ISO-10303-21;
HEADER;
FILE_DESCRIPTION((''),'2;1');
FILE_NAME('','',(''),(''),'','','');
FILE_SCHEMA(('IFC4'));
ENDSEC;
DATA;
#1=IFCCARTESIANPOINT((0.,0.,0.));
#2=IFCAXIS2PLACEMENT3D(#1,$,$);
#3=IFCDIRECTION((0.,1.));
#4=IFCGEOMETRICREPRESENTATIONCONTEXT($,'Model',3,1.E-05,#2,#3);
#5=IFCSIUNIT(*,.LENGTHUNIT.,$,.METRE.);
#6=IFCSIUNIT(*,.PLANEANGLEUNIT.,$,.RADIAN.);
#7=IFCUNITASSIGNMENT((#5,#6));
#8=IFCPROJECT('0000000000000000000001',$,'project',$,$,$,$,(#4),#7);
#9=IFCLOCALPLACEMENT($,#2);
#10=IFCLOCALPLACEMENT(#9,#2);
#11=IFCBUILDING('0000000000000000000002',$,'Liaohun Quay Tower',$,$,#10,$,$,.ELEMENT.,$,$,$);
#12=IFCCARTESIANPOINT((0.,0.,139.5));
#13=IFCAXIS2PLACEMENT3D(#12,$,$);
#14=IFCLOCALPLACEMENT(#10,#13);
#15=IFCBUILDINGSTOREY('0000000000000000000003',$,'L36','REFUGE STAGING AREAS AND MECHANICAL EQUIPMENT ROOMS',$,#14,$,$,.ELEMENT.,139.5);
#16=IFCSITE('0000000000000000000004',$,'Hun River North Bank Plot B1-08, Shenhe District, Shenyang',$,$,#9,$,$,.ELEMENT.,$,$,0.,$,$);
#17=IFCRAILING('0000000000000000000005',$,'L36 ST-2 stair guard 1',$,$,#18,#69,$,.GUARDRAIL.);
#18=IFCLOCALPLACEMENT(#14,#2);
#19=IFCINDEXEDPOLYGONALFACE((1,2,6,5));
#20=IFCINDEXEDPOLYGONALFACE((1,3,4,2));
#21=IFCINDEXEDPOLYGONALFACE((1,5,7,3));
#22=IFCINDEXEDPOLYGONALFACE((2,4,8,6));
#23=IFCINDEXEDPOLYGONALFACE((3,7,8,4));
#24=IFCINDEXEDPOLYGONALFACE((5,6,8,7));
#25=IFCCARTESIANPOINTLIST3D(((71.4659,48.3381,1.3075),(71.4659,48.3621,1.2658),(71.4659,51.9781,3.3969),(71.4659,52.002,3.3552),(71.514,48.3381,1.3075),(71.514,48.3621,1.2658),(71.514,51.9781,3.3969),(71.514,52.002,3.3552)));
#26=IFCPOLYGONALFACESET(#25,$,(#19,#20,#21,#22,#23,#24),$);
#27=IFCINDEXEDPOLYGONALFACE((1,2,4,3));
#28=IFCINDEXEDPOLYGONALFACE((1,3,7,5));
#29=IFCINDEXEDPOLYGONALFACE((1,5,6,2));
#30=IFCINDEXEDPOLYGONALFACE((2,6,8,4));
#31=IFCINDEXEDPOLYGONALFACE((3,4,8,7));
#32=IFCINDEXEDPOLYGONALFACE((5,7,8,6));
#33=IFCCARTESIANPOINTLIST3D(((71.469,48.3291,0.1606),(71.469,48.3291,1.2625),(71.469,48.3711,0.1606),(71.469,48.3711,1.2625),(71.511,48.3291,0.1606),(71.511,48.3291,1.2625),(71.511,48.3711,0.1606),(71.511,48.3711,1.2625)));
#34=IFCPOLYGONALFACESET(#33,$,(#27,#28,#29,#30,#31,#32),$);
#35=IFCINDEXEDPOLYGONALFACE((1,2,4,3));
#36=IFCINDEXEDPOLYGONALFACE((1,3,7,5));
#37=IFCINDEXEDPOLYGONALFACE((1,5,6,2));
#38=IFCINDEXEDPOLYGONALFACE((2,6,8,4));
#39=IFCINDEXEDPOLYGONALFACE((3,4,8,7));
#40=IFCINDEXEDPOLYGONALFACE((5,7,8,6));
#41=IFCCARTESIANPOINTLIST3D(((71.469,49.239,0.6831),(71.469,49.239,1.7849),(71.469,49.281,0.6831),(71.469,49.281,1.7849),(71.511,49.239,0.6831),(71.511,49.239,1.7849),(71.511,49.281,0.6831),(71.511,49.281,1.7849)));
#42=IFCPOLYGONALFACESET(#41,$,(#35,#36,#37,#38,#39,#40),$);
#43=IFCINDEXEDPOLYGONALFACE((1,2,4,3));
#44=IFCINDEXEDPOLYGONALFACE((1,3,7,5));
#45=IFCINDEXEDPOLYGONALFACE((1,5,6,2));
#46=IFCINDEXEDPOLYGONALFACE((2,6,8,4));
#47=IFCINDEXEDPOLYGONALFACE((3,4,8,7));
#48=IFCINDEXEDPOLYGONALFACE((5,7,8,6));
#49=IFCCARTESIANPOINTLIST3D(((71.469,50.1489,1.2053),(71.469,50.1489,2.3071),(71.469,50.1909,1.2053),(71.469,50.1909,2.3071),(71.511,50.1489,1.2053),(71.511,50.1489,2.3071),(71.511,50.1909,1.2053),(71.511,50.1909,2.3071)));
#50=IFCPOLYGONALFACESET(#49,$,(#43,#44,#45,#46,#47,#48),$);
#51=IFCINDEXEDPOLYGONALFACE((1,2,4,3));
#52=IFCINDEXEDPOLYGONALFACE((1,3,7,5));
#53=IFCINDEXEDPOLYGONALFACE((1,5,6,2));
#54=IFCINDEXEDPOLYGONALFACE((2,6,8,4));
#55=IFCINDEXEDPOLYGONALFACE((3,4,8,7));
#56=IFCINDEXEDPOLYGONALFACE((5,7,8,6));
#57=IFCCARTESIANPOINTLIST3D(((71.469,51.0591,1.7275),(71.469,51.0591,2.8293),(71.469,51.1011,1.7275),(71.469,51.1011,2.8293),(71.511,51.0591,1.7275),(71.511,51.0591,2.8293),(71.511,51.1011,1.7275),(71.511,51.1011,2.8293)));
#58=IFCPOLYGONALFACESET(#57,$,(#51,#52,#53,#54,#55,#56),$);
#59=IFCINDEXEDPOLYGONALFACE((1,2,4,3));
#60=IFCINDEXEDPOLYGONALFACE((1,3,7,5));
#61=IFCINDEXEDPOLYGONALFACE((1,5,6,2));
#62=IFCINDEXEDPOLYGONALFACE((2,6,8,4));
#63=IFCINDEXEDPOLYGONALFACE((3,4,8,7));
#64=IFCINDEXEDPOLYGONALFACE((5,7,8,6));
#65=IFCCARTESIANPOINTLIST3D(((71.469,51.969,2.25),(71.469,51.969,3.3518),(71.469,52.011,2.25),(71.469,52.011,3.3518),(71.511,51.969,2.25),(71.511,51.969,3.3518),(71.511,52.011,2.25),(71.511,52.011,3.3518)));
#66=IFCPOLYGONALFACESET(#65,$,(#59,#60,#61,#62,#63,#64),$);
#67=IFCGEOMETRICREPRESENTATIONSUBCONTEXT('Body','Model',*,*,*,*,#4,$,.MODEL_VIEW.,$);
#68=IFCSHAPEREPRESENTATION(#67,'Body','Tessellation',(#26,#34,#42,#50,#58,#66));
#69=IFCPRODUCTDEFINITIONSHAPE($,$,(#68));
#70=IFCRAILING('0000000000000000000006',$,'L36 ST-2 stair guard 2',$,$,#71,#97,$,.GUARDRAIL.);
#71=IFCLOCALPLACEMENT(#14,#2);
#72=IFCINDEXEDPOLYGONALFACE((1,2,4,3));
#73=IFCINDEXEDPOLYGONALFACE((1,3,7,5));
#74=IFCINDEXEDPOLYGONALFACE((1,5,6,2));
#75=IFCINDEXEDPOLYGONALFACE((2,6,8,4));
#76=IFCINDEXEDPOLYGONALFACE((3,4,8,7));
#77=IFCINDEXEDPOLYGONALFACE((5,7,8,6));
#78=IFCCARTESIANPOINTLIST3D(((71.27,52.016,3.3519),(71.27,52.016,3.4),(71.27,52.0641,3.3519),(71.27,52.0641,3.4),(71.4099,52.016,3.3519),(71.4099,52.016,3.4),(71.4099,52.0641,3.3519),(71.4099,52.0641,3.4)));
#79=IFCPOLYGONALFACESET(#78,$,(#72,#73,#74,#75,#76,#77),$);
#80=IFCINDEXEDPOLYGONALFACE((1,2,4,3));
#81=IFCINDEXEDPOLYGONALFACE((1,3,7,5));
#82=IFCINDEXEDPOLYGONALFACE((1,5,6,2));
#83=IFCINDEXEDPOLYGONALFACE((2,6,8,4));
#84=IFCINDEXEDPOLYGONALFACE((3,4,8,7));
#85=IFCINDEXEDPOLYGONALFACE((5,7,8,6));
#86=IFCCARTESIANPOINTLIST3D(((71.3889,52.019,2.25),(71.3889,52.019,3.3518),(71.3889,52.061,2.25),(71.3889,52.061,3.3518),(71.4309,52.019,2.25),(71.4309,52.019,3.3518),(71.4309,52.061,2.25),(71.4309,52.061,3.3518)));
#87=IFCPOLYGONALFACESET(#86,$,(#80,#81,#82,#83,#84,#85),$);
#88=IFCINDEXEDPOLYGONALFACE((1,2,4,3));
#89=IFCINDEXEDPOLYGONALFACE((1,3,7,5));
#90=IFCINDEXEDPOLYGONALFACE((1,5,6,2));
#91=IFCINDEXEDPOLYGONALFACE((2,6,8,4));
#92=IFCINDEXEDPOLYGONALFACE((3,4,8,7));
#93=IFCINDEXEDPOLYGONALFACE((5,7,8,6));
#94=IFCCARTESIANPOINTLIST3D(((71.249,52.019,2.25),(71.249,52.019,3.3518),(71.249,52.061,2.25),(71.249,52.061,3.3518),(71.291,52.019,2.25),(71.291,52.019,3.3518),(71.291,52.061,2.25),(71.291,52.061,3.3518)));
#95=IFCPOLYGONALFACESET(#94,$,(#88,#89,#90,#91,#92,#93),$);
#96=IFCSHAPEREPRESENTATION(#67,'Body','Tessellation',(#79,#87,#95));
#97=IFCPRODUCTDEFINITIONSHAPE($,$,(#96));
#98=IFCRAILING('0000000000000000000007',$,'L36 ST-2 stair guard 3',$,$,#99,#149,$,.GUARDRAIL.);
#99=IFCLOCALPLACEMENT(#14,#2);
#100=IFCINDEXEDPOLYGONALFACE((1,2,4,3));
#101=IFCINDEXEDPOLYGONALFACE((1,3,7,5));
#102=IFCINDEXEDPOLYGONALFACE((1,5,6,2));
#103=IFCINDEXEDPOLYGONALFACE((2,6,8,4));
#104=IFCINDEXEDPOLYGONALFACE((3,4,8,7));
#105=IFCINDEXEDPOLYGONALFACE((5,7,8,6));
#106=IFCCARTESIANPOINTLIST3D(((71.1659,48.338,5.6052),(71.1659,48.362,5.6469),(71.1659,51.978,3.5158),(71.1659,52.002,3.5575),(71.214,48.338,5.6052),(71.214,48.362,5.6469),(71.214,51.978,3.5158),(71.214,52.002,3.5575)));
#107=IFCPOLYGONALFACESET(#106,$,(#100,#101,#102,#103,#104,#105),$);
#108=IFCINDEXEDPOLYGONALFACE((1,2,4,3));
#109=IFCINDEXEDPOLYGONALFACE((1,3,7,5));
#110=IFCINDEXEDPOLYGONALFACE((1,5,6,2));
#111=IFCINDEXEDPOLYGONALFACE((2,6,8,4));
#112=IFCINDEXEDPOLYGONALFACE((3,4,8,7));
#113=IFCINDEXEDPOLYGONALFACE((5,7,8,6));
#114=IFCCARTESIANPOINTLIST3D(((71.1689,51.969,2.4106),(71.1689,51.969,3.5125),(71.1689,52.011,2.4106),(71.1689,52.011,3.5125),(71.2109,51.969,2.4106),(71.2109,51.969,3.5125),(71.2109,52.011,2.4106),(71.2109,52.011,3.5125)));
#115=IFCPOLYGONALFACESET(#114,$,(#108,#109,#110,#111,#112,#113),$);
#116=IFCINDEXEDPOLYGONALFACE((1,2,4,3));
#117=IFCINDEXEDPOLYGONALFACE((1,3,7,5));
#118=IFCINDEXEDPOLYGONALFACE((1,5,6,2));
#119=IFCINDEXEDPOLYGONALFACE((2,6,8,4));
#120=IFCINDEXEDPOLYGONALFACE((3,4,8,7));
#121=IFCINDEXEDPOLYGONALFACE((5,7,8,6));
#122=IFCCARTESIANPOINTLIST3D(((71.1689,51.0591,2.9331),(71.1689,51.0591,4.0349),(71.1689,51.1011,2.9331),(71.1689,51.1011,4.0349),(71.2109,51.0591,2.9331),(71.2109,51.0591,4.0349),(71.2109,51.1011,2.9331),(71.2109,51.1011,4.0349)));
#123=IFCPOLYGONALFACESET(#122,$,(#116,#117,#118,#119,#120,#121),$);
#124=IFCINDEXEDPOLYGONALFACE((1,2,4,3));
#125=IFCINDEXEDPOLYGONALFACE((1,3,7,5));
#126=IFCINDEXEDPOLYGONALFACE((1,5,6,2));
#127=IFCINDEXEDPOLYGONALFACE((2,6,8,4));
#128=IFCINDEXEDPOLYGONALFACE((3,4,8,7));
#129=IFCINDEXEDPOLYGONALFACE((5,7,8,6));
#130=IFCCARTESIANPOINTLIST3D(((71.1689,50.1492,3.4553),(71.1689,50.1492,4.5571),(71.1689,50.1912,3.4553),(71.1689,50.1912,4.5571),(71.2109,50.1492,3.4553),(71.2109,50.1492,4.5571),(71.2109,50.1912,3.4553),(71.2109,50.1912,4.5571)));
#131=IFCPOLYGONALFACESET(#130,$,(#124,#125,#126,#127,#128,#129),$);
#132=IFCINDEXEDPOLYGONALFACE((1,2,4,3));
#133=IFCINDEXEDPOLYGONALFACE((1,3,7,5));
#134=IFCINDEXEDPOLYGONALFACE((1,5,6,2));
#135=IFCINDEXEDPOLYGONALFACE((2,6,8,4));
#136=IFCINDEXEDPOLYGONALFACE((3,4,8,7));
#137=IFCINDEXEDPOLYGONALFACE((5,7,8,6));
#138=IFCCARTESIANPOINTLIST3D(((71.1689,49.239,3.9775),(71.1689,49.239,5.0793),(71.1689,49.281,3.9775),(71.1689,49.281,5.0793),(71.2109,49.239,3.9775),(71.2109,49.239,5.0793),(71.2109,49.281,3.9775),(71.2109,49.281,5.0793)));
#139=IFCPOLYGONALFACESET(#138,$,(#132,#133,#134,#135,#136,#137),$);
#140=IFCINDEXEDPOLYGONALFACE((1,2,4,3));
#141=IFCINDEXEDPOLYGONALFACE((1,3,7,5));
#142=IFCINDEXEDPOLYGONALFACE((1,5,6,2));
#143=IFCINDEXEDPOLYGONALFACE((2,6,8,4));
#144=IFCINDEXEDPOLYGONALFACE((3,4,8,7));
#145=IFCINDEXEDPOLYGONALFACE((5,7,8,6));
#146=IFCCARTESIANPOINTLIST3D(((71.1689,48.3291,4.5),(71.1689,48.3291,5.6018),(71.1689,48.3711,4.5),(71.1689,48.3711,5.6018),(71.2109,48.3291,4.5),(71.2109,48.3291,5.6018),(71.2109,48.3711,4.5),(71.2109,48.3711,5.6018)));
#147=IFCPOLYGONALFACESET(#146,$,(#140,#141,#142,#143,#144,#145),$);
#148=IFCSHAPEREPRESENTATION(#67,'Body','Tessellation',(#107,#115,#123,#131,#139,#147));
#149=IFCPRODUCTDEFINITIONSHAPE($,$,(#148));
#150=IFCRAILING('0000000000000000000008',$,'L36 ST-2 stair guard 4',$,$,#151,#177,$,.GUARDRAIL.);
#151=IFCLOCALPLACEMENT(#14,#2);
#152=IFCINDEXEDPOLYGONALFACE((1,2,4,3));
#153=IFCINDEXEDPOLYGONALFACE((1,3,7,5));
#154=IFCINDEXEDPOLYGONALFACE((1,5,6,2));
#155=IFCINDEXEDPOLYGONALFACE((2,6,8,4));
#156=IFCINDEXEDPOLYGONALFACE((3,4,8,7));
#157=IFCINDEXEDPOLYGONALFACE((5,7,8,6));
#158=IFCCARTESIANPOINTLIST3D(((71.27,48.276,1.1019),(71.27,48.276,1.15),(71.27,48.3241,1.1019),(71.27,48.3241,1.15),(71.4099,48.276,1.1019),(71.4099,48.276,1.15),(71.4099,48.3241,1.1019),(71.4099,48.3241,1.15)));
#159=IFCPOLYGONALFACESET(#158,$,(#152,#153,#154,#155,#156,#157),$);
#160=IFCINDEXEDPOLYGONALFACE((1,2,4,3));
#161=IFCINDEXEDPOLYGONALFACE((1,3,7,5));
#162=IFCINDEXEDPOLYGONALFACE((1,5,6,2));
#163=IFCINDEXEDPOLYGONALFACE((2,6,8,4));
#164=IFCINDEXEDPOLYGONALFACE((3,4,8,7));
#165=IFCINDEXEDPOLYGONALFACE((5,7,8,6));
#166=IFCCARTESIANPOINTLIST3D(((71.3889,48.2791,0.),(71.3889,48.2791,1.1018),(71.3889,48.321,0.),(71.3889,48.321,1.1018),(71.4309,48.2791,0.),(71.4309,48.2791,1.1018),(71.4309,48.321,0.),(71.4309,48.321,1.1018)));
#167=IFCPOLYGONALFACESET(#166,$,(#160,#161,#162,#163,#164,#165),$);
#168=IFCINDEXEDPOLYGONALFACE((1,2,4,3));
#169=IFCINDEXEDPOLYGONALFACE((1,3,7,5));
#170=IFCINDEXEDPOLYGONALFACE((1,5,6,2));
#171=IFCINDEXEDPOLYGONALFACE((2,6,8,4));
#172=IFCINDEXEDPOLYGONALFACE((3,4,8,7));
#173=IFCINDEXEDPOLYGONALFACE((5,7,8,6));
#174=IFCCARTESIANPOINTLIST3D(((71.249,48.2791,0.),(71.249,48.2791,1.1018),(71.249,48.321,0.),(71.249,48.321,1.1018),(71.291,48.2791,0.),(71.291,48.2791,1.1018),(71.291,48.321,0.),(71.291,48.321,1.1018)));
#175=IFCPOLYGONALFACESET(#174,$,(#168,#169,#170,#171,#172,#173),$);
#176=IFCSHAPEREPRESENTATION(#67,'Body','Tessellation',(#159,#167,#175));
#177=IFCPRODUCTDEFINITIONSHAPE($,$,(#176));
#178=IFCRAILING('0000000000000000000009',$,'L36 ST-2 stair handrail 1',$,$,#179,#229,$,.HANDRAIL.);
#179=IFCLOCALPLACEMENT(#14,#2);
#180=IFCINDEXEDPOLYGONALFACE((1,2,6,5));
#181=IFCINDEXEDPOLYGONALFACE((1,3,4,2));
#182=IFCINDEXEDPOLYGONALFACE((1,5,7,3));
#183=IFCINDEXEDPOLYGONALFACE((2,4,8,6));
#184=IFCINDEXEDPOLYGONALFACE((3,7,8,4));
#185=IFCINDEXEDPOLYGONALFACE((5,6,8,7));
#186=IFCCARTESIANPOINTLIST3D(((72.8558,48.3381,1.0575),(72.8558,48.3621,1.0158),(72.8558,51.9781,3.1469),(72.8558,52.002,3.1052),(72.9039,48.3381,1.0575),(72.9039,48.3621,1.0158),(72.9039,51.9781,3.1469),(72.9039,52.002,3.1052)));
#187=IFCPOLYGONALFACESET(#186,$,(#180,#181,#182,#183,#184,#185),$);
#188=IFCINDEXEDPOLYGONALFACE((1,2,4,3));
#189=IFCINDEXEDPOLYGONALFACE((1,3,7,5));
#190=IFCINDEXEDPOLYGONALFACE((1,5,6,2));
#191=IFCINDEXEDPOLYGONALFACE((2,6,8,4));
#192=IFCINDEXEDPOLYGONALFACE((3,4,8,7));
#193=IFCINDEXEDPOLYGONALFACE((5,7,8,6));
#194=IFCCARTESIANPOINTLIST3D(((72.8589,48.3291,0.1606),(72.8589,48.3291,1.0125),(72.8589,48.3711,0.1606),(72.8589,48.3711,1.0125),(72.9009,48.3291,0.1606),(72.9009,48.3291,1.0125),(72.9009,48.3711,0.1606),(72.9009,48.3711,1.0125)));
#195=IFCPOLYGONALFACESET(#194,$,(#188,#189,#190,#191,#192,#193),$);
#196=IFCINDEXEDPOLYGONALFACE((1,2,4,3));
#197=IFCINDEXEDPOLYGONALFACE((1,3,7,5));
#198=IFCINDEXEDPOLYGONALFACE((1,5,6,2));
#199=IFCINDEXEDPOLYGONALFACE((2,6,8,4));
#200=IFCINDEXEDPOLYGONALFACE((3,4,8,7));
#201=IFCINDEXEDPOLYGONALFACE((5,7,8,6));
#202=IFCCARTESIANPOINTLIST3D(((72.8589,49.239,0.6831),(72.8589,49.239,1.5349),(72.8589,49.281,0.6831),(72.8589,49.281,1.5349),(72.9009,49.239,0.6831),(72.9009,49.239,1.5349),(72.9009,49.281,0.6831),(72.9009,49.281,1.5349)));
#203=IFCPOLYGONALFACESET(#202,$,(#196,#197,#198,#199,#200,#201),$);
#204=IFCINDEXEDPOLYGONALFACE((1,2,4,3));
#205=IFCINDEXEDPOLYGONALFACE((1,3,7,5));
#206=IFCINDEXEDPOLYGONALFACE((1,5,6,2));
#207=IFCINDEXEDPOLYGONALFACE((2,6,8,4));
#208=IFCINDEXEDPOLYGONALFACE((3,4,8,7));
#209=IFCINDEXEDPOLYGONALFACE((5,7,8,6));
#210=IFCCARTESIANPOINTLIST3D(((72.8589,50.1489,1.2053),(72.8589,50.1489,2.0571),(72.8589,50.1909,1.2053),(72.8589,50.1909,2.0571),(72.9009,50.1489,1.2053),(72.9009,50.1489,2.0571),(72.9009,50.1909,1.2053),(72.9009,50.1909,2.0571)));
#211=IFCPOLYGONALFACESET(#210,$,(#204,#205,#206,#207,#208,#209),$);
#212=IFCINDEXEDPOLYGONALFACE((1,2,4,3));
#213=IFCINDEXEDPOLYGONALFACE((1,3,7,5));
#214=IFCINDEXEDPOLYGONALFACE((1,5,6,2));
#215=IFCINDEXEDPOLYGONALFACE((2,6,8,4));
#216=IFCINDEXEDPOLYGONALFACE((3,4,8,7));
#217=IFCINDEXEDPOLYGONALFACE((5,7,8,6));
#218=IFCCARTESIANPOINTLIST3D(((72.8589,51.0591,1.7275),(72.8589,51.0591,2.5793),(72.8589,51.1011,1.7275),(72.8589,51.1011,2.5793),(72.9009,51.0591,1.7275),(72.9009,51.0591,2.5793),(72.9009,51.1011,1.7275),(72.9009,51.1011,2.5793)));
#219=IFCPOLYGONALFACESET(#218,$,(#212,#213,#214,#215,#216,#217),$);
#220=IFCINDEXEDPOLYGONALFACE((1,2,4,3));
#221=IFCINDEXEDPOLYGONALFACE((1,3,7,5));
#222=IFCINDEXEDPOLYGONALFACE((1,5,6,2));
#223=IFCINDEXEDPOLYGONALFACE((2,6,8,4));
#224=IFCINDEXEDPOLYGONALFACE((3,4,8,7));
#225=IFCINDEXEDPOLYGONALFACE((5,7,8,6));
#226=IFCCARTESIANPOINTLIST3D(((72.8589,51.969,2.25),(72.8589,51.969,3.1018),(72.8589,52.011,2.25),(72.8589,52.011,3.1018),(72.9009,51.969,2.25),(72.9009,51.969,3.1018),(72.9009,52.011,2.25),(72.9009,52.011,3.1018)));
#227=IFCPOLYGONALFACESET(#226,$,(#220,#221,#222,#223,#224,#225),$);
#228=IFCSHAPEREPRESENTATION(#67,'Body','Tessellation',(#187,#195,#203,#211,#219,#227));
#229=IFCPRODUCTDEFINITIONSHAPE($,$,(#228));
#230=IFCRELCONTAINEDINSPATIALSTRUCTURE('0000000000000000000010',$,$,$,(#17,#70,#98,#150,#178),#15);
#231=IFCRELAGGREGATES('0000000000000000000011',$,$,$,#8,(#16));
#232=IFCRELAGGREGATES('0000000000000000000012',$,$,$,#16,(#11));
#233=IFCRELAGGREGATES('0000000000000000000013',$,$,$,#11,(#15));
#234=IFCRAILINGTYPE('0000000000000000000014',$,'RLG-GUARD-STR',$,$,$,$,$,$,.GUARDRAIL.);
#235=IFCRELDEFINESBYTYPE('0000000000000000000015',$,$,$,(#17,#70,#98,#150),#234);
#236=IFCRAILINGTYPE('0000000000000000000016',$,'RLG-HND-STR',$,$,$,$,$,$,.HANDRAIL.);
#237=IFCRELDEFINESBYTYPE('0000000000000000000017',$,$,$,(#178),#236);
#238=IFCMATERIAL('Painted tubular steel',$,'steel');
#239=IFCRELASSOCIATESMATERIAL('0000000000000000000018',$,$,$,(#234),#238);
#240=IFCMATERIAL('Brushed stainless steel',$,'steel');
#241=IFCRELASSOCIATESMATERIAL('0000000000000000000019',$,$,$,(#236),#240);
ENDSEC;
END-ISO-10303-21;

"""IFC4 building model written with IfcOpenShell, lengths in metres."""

from ifc_helpers import new_model, si_unit, direction, frame, origin, origin_2d, place, context, subcontext, project, spatial, rectangle, extrude, material, type_object, element, save


model = new_model("IFC4")

# Units and contexts
model_context = context("Model", 3, precision=1e-05, world=origin(), true_north=direction((0.0, 1.0)))
body_context = subcontext(model_context, "Body", "Model", "MODEL_VIEW")
ifc_project = project(units=[si_unit("LENGTHUNIT", "METRE"), si_unit("PLANEANGLEUNIT", "RADIAN")], contexts=[model_context])

# Site, building, storey
site_placement = place(None, origin())
site = spatial("IfcSite", under=ifc_project, at=site_placement, Name="Hun River North Bank Plot B1-08, Shenhe District, Shenyang", CompositionType="ELEMENT", RefElevation=0.0)
building_placement = place(site_placement, origin())
building = spatial("IfcBuilding", under=site, at=building_placement, Name="Liaohun Quay Tower", CompositionType="ELEMENT")
storey_placement = place(building_placement, frame((0.0, 0.0, 139.5)))
storey = spatial("IfcBuildingStorey", under=building, at=storey_placement, Name="L36", Description="REFUGE STAGING AREAS AND MECHANICAL EQUIPMENT ROOMS", CompositionType="ELEMENT", Elevation=139.5)

# Railings
ifc_material_1 = material(Name="Painted tubular steel", Category="steel")
railing_type_1 = type_object("IfcRailingType", Name="RLG-GUARD-STR", PredefinedType="GUARDRAIL", material=ifc_material_1)
railing_1_placement = place(storey_placement, frame((71.49, 48.3501, 0.1606)))
element("IfcRailing", 1, at=railing_1_placement, inside=storey, type_object=railing_type_1, Name="L36 ST-2 stair guard 1", PredefinedType="GUARDRAIL", context=body_context, shape_type="SweptSolid", body=[
    extrude(rectangle(XDim=0.0481, YDim=0.0481, at=origin_2d()), frame((0.0, 0.0, 1.126), z_axis=(0.0, 0.867275, 0.497829), x_axis=(-1.0, 0.0, 0.0)), (0.0, 0.0, 1.0), 4.197),
    extrude(rectangle(XDim=0.042, YDim=0.042, at=origin_2d()), origin(), (0.0, 0.0, 1.0), 1.1018),
    extrude(rectangle(XDim=0.042, YDim=0.042, at=origin_2d()), frame((0.0, 0.9099, 0.5225)), (0.0, 0.0, 1.0), 1.1018),
    extrude(rectangle(XDim=0.042, YDim=0.042, at=origin_2d()), frame((0.0, 1.8198, 1.0447)), (0.0, 0.0, 1.0), 1.1018),
    extrude(rectangle(XDim=0.042, YDim=0.042, at=origin_2d()), frame((0.0, 2.73, 1.5669)), (0.0, 0.0, 1.0), 1.1018),
    extrude(rectangle(XDim=0.042, YDim=0.042, at=origin_2d()), frame((0.0, 3.6399, 2.0894)), (0.0, 0.0, 1.0), 1.1018),
])
railing_2_placement = place(storey_placement, frame((71.4099, 52.04, 2.25)))
element("IfcRailing", 2, at=railing_2_placement, inside=storey, type_object=railing_type_1, Name="L36 ST-2 stair guard 2", PredefinedType="GUARDRAIL", context=body_context, shape_type="SweptSolid", body=[
    extrude(rectangle(XDim=0.0481, YDim=0.0481, at=origin_2d()), frame((0.0, 0.0, 1.126), z_axis=(-1.0, 0.0, 0.0), x_axis=(0.0, -1.0, 0.0)), (0.0, 0.0, 1.0), 0.1399),
    extrude(rectangle(XDim=0.042, YDim=0.042, at=origin_2d()), origin(), (0.0, 0.0, 1.0), 1.1018),
    extrude(rectangle(XDim=0.042, YDim=0.042, at=origin_2d()), frame((-0.1399, 0.0, 0.0)), (0.0, 0.0, 1.0), 1.1018),
])
railing_3_placement = place(storey_placement, frame((71.1899, 51.99, 2.4106)))
element("IfcRailing", 3, at=railing_3_placement, inside=storey, type_object=railing_type_1, Name="L36 ST-2 stair guard 3", PredefinedType="GUARDRAIL", context=body_context, shape_type="SweptSolid", body=[
    extrude(rectangle(XDim=0.0481, YDim=0.0481, at=origin_2d()), frame((0.0, 0.0, 1.126), z_axis=(0.0, -0.867275, 0.497829), x_axis=(1.0, 0.0, 0.0)), (0.0, 0.0, 1.0), 4.197),
    extrude(rectangle(XDim=0.042, YDim=0.042, at=origin_2d()), origin(), (0.0, 0.0, 1.0), 1.1018),
    extrude(rectangle(XDim=0.042, YDim=0.042, at=origin_2d()), frame((0.0, -0.9099, 0.5225)), (0.0, 0.0, 1.0), 1.1018),
    extrude(rectangle(XDim=0.042, YDim=0.042, at=origin_2d()), frame((0.0, -1.8198, 1.0447)), (0.0, 0.0, 1.0), 1.1018),
    extrude(rectangle(XDim=0.042, YDim=0.042, at=origin_2d()), frame((0.0, -2.73, 1.5669)), (0.0, 0.0, 1.0), 1.1018),
    extrude(rectangle(XDim=0.042, YDim=0.042, at=origin_2d()), frame((0.0, -3.6399, 2.0894)), (0.0, 0.0, 1.0), 1.1018),
])
railing_4_placement = place(storey_placement, frame((71.4099, 48.3, 0.0)))
element("IfcRailing", 4, at=railing_4_placement, inside=storey, type_object=railing_type_1, Name="L36 ST-2 stair guard 4", PredefinedType="GUARDRAIL", context=body_context, shape_type="SweptSolid", body=[
    extrude(rectangle(XDim=0.0481, YDim=0.0481, at=origin_2d()), frame((0.0, 0.0, 1.126), z_axis=(-1.0, 0.0, 0.0), x_axis=(0.0, -1.0, 0.0)), (0.0, 0.0, 1.0), 0.1399),
    extrude(rectangle(XDim=0.042, YDim=0.042, at=origin_2d()), origin(), (0.0, 0.0, 1.0), 1.1018),
    extrude(rectangle(XDim=0.042, YDim=0.042, at=origin_2d()), frame((-0.1399, 0.0, 0.0)), (0.0, 0.0, 1.0), 1.1018),
])
ifc_material_2 = material(Name="Brushed stainless steel", Category="steel")
railing_type_2 = type_object("IfcRailingType", Name="RLG-HND-STR", PredefinedType="HANDRAIL", material=ifc_material_2)
railing_5_placement = place(storey_placement, frame((72.8799, 48.3501, 0.1606)))
element("IfcRailing", 5, at=railing_5_placement, inside=storey, type_object=railing_type_2, Name="L36 ST-2 stair handrail 1", PredefinedType="HANDRAIL", context=body_context, shape_type="SweptSolid", body=[
    extrude(rectangle(XDim=0.0481, YDim=0.0481, at=origin_2d()), frame((0.0, 0.0, 0.876), z_axis=(0.0, 0.867275, 0.497829), x_axis=(-1.0, 0.0, 0.0)), (0.0, 0.0, 1.0), 4.197),
    extrude(rectangle(XDim=0.042, YDim=0.042, at=origin_2d()), origin(), (0.0, 0.0, 1.0), 0.8518),
    extrude(rectangle(XDim=0.042, YDim=0.042, at=origin_2d()), frame((0.0, 0.9099, 0.5225)), (0.0, 0.0, 1.0), 0.8518),
    extrude(rectangle(XDim=0.042, YDim=0.042, at=origin_2d()), frame((0.0, 1.8198, 1.0447)), (0.0, 0.0, 1.0), 0.8518),
    extrude(rectangle(XDim=0.042, YDim=0.042, at=origin_2d()), frame((0.0, 2.73, 1.5669)), (0.0, 0.0, 1.0), 0.8518),
    extrude(rectangle(XDim=0.042, YDim=0.042, at=origin_2d()), frame((0.0, 3.6399, 2.0894)), (0.0, 0.0, 1.0), 0.8518),
])

save(model, "model.ifc")
